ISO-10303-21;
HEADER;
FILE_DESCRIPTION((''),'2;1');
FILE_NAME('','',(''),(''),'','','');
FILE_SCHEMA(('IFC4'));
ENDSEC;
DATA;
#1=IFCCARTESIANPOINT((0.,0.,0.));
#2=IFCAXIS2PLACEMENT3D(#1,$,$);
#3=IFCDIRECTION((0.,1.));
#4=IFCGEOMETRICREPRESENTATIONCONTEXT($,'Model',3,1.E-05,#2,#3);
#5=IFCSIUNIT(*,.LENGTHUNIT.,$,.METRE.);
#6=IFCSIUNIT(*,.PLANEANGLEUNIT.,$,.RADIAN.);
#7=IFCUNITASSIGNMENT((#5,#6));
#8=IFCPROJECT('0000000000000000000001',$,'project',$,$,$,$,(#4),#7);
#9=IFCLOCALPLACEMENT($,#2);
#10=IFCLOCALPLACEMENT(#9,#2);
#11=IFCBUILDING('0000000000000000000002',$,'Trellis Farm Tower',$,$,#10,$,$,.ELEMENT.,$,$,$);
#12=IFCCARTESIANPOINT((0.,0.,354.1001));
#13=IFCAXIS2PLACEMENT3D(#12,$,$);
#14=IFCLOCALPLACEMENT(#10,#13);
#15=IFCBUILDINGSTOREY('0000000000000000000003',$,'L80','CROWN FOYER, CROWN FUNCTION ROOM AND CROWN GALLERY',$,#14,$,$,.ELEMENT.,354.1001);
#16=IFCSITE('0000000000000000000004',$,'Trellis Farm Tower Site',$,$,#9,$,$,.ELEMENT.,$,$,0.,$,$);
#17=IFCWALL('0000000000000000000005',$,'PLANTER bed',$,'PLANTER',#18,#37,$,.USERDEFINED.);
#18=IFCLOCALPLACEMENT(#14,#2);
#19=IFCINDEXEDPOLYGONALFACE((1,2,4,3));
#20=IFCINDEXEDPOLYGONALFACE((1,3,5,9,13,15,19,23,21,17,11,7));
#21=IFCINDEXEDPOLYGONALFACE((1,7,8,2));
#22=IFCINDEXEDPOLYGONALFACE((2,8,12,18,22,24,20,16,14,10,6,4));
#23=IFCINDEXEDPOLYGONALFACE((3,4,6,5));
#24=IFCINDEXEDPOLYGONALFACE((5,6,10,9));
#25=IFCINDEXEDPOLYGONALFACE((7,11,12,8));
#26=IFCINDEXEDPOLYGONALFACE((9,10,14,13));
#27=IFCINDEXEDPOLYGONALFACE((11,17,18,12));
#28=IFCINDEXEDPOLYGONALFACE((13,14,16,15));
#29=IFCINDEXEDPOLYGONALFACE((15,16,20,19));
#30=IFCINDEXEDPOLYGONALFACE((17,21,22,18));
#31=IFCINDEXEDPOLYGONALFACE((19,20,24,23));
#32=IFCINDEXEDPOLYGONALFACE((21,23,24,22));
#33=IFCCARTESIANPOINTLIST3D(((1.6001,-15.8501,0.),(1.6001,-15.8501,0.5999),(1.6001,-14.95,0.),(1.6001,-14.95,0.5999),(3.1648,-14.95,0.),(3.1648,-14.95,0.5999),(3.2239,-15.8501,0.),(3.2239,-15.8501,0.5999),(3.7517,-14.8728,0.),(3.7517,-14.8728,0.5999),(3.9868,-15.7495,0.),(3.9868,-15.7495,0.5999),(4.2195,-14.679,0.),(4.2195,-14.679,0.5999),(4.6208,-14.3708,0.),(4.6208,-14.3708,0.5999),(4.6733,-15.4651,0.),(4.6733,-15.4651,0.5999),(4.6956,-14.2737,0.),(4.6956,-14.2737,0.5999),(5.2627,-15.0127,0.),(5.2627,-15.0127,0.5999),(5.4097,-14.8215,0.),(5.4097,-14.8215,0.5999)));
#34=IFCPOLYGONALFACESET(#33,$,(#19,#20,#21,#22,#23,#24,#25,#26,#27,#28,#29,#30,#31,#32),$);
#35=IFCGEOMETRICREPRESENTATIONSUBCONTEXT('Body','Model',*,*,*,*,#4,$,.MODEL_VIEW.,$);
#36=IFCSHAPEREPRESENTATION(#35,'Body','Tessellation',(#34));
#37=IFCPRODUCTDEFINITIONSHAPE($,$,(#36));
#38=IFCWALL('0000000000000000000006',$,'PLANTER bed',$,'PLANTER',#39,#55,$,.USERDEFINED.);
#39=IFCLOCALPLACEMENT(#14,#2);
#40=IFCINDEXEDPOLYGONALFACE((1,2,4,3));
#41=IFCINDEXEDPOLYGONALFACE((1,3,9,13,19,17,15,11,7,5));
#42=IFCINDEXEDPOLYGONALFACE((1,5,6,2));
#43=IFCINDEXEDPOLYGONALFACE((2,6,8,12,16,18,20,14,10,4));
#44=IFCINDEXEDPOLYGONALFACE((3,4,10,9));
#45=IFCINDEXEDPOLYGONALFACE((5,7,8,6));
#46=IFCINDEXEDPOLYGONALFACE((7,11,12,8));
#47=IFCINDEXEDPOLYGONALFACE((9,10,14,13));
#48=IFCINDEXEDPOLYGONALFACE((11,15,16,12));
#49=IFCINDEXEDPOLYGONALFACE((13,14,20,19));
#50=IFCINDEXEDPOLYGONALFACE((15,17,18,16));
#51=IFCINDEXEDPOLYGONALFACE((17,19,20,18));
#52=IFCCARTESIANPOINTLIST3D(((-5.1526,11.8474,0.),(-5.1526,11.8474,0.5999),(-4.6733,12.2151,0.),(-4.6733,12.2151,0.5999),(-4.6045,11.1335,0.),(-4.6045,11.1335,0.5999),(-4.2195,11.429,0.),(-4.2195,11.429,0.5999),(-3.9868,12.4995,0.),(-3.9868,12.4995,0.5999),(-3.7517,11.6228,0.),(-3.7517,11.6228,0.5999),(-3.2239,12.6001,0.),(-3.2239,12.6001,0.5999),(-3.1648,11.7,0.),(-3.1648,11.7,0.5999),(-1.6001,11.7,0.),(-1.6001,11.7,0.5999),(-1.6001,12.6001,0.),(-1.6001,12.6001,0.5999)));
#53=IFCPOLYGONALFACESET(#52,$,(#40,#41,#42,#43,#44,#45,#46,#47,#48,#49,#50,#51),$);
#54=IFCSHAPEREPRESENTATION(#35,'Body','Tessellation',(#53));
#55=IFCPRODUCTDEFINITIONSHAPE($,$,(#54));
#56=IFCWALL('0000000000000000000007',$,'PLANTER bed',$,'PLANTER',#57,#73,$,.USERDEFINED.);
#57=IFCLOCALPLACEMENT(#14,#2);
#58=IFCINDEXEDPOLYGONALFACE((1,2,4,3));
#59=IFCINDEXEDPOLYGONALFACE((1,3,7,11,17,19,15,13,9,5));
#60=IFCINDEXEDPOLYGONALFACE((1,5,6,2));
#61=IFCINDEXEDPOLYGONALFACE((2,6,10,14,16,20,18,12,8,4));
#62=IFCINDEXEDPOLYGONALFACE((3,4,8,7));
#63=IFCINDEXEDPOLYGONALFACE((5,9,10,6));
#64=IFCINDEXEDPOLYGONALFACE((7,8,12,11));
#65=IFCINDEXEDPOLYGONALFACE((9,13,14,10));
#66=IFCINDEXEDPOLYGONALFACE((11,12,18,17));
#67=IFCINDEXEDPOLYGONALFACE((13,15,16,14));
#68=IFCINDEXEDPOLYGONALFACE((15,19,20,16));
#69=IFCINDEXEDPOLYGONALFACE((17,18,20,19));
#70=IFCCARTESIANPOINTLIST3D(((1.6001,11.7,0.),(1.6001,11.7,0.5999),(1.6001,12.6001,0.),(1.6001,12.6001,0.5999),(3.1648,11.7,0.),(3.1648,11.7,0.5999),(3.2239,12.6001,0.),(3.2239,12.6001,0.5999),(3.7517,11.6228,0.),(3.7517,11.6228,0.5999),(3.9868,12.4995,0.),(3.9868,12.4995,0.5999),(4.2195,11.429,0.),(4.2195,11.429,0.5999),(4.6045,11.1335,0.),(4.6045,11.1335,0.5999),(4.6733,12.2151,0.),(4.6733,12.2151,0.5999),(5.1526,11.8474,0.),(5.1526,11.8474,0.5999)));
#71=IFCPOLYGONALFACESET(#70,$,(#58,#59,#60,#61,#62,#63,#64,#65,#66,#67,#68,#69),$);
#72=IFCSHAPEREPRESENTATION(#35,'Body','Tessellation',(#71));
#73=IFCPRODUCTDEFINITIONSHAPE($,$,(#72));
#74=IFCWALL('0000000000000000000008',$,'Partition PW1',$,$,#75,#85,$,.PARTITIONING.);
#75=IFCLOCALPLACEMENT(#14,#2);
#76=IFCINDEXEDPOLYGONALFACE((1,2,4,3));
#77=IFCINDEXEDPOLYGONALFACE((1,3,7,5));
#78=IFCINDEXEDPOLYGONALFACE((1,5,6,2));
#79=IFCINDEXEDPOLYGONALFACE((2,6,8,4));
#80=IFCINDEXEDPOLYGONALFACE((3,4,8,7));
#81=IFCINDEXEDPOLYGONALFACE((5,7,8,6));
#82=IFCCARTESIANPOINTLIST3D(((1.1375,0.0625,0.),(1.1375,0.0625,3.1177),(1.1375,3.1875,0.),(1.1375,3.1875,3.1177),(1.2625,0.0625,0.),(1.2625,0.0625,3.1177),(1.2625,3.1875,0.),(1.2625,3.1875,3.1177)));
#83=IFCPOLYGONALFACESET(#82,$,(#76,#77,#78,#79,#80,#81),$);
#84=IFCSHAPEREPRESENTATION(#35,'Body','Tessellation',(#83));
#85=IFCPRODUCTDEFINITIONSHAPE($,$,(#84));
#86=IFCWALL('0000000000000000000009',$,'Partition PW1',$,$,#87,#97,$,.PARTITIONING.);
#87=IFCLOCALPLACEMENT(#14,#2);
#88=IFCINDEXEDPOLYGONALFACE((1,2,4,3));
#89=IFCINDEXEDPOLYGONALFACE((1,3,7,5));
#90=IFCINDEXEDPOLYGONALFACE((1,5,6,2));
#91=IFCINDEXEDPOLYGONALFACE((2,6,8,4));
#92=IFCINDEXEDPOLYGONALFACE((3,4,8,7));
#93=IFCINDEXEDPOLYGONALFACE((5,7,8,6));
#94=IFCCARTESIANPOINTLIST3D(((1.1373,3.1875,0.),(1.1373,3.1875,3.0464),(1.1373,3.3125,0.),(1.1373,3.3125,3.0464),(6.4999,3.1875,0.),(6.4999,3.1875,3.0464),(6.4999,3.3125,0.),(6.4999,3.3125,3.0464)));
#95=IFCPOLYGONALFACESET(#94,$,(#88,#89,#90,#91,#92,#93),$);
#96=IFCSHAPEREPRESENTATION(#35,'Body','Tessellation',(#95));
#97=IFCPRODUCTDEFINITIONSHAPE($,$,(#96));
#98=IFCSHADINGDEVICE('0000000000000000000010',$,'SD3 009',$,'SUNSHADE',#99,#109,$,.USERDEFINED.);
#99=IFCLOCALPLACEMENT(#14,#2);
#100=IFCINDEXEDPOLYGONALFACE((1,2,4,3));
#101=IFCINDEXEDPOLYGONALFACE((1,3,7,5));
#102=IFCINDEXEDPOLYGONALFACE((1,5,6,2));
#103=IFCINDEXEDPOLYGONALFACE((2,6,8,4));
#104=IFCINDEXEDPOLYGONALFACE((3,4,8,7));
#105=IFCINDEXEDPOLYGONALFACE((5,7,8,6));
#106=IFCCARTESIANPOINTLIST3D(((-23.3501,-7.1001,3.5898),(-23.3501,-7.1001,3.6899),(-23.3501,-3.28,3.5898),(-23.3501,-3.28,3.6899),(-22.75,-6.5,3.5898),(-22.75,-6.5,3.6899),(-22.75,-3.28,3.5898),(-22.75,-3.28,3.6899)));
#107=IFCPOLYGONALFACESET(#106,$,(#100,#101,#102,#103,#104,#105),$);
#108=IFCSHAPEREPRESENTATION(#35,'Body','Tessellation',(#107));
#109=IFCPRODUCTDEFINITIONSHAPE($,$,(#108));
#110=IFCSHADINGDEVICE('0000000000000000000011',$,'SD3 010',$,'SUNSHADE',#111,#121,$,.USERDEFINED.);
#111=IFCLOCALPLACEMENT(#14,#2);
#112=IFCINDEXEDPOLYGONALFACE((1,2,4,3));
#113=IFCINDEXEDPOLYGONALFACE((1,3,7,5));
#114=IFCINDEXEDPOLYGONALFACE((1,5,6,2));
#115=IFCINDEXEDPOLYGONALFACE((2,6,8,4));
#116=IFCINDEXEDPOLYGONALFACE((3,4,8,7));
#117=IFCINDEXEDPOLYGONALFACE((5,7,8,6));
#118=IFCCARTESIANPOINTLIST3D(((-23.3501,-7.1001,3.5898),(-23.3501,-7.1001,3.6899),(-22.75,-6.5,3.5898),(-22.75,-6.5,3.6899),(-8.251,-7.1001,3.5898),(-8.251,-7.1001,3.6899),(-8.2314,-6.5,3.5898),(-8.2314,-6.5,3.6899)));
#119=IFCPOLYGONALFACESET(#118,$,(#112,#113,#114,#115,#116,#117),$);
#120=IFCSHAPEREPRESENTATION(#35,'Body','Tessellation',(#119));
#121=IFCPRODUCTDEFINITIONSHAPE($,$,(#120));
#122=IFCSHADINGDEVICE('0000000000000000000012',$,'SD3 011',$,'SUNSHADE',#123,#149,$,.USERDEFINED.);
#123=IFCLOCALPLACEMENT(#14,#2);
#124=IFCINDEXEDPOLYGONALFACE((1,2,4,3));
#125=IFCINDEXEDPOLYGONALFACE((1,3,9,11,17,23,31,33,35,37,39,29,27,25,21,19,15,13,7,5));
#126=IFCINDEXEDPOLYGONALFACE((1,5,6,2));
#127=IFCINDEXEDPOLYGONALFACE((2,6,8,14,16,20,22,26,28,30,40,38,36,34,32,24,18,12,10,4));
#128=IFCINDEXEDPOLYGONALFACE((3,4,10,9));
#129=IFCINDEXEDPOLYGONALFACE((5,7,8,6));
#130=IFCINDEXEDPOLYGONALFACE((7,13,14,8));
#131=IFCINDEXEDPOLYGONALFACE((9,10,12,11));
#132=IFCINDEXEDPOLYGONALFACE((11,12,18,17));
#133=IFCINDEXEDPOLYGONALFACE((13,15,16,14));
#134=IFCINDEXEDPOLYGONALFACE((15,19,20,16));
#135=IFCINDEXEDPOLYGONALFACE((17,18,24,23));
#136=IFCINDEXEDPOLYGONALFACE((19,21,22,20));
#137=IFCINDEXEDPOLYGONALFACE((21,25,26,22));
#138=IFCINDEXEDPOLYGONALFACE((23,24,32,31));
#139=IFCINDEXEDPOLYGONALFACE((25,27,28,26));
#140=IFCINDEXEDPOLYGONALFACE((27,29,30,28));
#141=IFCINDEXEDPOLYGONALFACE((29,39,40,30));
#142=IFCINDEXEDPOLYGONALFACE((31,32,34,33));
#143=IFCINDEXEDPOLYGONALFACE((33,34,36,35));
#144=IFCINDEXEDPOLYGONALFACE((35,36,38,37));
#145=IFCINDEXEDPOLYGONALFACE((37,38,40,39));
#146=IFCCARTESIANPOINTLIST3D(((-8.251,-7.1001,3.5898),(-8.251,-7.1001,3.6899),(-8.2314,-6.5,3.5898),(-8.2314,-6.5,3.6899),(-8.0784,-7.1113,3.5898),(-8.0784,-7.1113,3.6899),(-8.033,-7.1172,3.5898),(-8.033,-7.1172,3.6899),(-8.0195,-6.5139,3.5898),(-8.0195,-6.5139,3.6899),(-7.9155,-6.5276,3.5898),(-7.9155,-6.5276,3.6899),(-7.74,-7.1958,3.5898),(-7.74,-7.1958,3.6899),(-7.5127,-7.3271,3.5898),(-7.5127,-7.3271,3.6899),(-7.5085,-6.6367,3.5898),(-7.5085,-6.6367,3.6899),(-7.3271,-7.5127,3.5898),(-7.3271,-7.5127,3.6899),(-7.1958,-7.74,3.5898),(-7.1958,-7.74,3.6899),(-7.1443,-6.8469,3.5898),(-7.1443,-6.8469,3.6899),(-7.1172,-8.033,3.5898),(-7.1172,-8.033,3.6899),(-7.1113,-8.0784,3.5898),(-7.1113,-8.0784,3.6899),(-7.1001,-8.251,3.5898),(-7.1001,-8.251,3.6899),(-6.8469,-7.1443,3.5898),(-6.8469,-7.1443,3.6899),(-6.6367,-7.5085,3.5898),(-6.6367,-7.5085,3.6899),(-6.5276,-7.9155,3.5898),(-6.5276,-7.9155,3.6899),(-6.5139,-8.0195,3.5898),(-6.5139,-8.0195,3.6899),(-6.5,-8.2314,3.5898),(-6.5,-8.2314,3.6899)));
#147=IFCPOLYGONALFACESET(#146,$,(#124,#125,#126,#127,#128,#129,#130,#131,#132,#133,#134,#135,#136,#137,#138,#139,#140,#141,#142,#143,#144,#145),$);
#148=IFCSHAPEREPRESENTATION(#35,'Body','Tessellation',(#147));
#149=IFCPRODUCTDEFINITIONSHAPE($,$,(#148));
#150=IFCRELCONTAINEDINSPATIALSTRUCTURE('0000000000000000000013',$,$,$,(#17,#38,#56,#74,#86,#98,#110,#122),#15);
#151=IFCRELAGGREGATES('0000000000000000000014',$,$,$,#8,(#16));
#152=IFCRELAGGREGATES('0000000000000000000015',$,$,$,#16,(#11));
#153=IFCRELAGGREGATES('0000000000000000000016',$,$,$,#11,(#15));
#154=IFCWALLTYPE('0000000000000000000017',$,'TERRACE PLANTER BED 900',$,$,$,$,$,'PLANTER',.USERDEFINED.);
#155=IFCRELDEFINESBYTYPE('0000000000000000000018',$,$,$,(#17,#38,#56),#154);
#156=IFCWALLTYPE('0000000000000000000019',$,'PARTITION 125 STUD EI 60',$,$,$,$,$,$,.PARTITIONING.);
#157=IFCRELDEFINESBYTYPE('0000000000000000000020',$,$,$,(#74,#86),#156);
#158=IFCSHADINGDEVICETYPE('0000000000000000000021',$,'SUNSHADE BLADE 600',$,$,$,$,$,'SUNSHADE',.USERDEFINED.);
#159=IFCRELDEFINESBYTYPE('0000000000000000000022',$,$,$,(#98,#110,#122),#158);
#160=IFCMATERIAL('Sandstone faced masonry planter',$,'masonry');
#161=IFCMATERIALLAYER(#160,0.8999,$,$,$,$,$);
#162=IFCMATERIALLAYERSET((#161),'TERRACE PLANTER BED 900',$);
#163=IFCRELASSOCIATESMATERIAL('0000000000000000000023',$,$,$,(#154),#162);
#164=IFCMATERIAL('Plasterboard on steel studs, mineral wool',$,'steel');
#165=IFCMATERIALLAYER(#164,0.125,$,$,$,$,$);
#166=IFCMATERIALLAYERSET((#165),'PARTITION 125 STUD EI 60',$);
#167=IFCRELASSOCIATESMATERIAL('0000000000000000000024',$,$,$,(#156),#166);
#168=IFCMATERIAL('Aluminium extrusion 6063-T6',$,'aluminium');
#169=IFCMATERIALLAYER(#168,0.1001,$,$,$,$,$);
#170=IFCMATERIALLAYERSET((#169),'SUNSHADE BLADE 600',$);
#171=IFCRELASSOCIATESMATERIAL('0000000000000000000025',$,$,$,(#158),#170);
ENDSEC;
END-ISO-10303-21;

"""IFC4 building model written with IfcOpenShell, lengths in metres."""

from ifc_helpers import new_model, si_unit, direction, frame, frame_2d, origin, place, context, subcontext, project, spatial, polyline, rectangle, outline, extrude, source, transform, mapped, material, layer, layer_set, type_object, element, save


model = new_model("IFC4")

# Units and contexts
model_context = context("Model", 3, precision=1e-05, world=origin(), true_north=direction((0.0, 1.0)))
body_context = subcontext(model_context, "Body", "Model", "MODEL_VIEW")
ifc_project = project(units=[si_unit("LENGTHUNIT", "METRE"), si_unit("PLANEANGLEUNIT", "RADIAN")], contexts=[model_context])

# Site, building, storey
site_placement = place(None, origin())
site = spatial("IfcSite", under=ifc_project, at=site_placement, Name="Trellis Farm Tower Site", CompositionType="ELEMENT", RefElevation=0.0)
building_placement = place(site_placement, origin())
building = spatial("IfcBuilding", under=site, at=building_placement, Name="Trellis Farm Tower", CompositionType="ELEMENT")
storey_placement = place(building_placement, frame((0.0, 0.0, 354.1001)))
storey = spatial("IfcBuildingStorey", under=building, at=storey_placement, Name="L80", Description="CROWN FOYER, CROWN FUNCTION ROOM AND CROWN GALLERY", CompositionType="ELEMENT", Elevation=354.1001)

# Shared definitions
placement_1 = place(storey_placement, origin())
ifc_material_1 = material(Name="Aluminium extrusion 6063-T6", Category="aluminium")

# Walls
ifc_material_2 = material(Name="Sandstone faced masonry planter", Category="masonry")
ifc_layer_1 = layer(ifc_material_2, 0.8999)
ifc_layer_set_1 = layer_set([ifc_layer_1], Name="TERRACE PLANTER BED 900")
wall_type_1 = type_object("IfcWallType", Name="TERRACE PLANTER BED 900", ElementType="PLANTER", PredefinedType="USERDEFINED", material=ifc_layer_set_1)
element("IfcWall", 1, at=placement_1, inside=storey, type_object=wall_type_1, Name="PLANTER bed", ObjectType="PLANTER", PredefinedType="USERDEFINED", context=body_context, shape_type="SweptSolid", body=[
    extrude(outline(polyline([(4.6733, -15.4651), (3.9868, -15.7495), (3.2239, -15.8501), (1.6001, -15.8501), (1.6001, -14.95), (3.1648, -14.95), (3.7517, -14.8728), (4.2195, -14.679), (4.6208, -14.3708), (4.6956, -14.2737), (5.4097, -14.8215), (5.2627, -15.0127), (4.6733, -15.4651)])), origin(), (0.0, 0.0, 1.0), 0.5999),
])
element("IfcWall", 2, at=placement_1, inside=storey, type_object=wall_type_1, Name="PLANTER bed", ObjectType="PLANTER", PredefinedType="USERDEFINED", context=body_context, shape_type="SweptSolid", body=[
    extrude(outline(polyline([(-3.9868, 12.4995), (-3.2239, 12.6001), (-1.6001, 12.6001), (-1.6001, 11.7), (-3.1648, 11.7), (-3.7517, 11.6228), (-4.2195, 11.429), (-4.6045, 11.1335), (-5.1526, 11.8474), (-4.6733, 12.2151), (-3.9868, 12.4995)])), origin(), (0.0, 0.0, 1.0), 0.5999),
])
element("IfcWall", 3, at=placement_1, inside=storey, type_object=wall_type_1, Name="PLANTER bed", ObjectType="PLANTER", PredefinedType="USERDEFINED", context=body_context, shape_type="SweptSolid", body=[
    extrude(outline(polyline([(3.9868, 12.4995), (4.6733, 12.2151), (5.1526, 11.8474), (4.6045, 11.1335), (4.2195, 11.429), (3.7517, 11.6228), (3.1648, 11.7), (1.6001, 11.7), (1.6001, 12.6001), (3.2239, 12.6001), (3.9868, 12.4995)])), origin(), (0.0, 0.0, 1.0), 0.5999),
])
ifc_material_3 = material(Name="Plasterboard on steel studs, mineral wool", Category="steel")
ifc_layer_2 = layer(ifc_material_3, 0.125)
ifc_layer_set_2 = layer_set([ifc_layer_2], Name="PARTITION 125 STUD EI 60")
wall_type_2 = type_object("IfcWallType", Name="PARTITION 125 STUD EI 60", PredefinedType="PARTITIONING", material=ifc_layer_set_2)
shared_shape_1 = source(origin(), body_context, "Body", "SweptSolid", [
    extrude(rectangle(XDim=3.125, YDim=0.125, at=frame_2d((1.5625, 0.0))), origin(), (0.0, 0.0, 1.0), 3.1177),
])
wall_1_placement = place(storey_placement, frame((1.2, 3.1875, 0.0), z_axis=(0.0, 0.0, 1.0), x_axis=(0.0, -1.0, 0.0)))
element("IfcWall", 4, at=wall_1_placement, inside=storey, type_object=wall_type_2, Name="Partition PW1", PredefinedType="PARTITIONING", context=body_context, shape_type="MappedRepresentation", body=[
    mapped(shared_shape_1, transform((0.0, 0.0, 0.0))),
])
shared_shape_2 = source(origin(), body_context, "Body", "SweptSolid", [
    extrude(rectangle(XDim=5.3625, YDim=0.125, at=frame_2d((2.6812, 0.0))), origin(), (0.0, 0.0, 1.0), 3.0464),
])
wall_2_placement = place(storey_placement, frame((1.1375, 3.25, 0.0), z_axis=(0.0, 0.0, 1.0), x_axis=(1.0, 0.0, 0.0)))
element("IfcWall", 5, at=wall_2_placement, inside=storey, type_object=wall_type_2, Name="Partition PW1", PredefinedType="PARTITIONING", context=body_context, shape_type="MappedRepresentation", body=[
    mapped(shared_shape_2, transform((0.0, 0.0, 0.0))),
])

# Shading devices
ifc_layer_3 = layer(ifc_material_1, 0.1001)
ifc_layer_set_3 = layer_set([ifc_layer_3], Name="SUNSHADE BLADE 600")
shading_device_type = type_object("IfcShadingDeviceType", Name="SUNSHADE BLADE 600", ElementType="SUNSHADE", PredefinedType="USERDEFINED", material=ifc_layer_set_3)
shared_shape_3 = source(origin(), body_context, "Body", "SweptSolid", [
    extrude(outline(polyline([(-23.3501, -3.28), (-23.3501, -7.1001), (-22.75, -6.5), (-22.75, -3.28), (-23.3501, -3.28)])), origin(), (0.0, 0.0, 1.0), 0.1001),
])
placement_2 = place(storey_placement, frame((0.0, 0.0, 3.5898)))
element("IfcShadingDevice", 6, at=placement_2, inside=storey, type_object=shading_device_type, Name="SD3 009", ObjectType="SUNSHADE", PredefinedType="USERDEFINED", context=body_context, shape_type="MappedRepresentation", body=[
    mapped(shared_shape_3, transform((0.0, 0.0, 0.0))),
])
shared_shape_4 = source(origin(), body_context, "Body", "SweptSolid", [
    extrude(outline(polyline([(-23.3501, -7.1001), (-8.251, -7.1001), (-8.2314, -6.5), (-22.75, -6.5), (-23.3501, -7.1001)])), origin(), (0.0, 0.0, 1.0), 0.1001),
])
element("IfcShadingDevice", 7, at=placement_2, inside=storey, type_object=shading_device_type, Name="SD3 010", ObjectType="SUNSHADE", PredefinedType="USERDEFINED", context=body_context, shape_type="MappedRepresentation", body=[
    mapped(shared_shape_4, transform((0.0, 0.0, 0.0))),
])
shared_shape_5 = source(origin(), body_context, "Body", "SweptSolid", [
    extrude(outline(polyline([(-8.251, -7.1001), (-8.0784, -7.1113), (-8.033, -7.1172), (-7.74, -7.1958), (-7.5127, -7.3271), (-7.3271, -7.5127), (-7.1958, -7.74), (-7.1172, -8.033), (-7.1113, -8.0784), (-7.1001, -8.251), (-6.5, -8.2314), (-6.5139, -8.0195), (-6.5276, -7.9155), (-6.6367, -7.5085), (-6.8469, -7.1443), (-7.1443, -6.8469), (-7.5085, -6.6367), (-7.9155, -6.5276), (-8.0195, -6.5139), (-8.2314, -6.5), (-8.251, -7.1001)])), origin(), (0.0, 0.0, 1.0), 0.1001),
])
element("IfcShadingDevice", 8, at=placement_2, inside=storey, type_object=shading_device_type, Name="SD3 011", ObjectType="SUNSHADE", PredefinedType="USERDEFINED", context=body_context, shape_type="MappedRepresentation", body=[
    mapped(shared_shape_5, transform((0.0, 0.0, 0.0))),
])

save(model, "model.ifc")
